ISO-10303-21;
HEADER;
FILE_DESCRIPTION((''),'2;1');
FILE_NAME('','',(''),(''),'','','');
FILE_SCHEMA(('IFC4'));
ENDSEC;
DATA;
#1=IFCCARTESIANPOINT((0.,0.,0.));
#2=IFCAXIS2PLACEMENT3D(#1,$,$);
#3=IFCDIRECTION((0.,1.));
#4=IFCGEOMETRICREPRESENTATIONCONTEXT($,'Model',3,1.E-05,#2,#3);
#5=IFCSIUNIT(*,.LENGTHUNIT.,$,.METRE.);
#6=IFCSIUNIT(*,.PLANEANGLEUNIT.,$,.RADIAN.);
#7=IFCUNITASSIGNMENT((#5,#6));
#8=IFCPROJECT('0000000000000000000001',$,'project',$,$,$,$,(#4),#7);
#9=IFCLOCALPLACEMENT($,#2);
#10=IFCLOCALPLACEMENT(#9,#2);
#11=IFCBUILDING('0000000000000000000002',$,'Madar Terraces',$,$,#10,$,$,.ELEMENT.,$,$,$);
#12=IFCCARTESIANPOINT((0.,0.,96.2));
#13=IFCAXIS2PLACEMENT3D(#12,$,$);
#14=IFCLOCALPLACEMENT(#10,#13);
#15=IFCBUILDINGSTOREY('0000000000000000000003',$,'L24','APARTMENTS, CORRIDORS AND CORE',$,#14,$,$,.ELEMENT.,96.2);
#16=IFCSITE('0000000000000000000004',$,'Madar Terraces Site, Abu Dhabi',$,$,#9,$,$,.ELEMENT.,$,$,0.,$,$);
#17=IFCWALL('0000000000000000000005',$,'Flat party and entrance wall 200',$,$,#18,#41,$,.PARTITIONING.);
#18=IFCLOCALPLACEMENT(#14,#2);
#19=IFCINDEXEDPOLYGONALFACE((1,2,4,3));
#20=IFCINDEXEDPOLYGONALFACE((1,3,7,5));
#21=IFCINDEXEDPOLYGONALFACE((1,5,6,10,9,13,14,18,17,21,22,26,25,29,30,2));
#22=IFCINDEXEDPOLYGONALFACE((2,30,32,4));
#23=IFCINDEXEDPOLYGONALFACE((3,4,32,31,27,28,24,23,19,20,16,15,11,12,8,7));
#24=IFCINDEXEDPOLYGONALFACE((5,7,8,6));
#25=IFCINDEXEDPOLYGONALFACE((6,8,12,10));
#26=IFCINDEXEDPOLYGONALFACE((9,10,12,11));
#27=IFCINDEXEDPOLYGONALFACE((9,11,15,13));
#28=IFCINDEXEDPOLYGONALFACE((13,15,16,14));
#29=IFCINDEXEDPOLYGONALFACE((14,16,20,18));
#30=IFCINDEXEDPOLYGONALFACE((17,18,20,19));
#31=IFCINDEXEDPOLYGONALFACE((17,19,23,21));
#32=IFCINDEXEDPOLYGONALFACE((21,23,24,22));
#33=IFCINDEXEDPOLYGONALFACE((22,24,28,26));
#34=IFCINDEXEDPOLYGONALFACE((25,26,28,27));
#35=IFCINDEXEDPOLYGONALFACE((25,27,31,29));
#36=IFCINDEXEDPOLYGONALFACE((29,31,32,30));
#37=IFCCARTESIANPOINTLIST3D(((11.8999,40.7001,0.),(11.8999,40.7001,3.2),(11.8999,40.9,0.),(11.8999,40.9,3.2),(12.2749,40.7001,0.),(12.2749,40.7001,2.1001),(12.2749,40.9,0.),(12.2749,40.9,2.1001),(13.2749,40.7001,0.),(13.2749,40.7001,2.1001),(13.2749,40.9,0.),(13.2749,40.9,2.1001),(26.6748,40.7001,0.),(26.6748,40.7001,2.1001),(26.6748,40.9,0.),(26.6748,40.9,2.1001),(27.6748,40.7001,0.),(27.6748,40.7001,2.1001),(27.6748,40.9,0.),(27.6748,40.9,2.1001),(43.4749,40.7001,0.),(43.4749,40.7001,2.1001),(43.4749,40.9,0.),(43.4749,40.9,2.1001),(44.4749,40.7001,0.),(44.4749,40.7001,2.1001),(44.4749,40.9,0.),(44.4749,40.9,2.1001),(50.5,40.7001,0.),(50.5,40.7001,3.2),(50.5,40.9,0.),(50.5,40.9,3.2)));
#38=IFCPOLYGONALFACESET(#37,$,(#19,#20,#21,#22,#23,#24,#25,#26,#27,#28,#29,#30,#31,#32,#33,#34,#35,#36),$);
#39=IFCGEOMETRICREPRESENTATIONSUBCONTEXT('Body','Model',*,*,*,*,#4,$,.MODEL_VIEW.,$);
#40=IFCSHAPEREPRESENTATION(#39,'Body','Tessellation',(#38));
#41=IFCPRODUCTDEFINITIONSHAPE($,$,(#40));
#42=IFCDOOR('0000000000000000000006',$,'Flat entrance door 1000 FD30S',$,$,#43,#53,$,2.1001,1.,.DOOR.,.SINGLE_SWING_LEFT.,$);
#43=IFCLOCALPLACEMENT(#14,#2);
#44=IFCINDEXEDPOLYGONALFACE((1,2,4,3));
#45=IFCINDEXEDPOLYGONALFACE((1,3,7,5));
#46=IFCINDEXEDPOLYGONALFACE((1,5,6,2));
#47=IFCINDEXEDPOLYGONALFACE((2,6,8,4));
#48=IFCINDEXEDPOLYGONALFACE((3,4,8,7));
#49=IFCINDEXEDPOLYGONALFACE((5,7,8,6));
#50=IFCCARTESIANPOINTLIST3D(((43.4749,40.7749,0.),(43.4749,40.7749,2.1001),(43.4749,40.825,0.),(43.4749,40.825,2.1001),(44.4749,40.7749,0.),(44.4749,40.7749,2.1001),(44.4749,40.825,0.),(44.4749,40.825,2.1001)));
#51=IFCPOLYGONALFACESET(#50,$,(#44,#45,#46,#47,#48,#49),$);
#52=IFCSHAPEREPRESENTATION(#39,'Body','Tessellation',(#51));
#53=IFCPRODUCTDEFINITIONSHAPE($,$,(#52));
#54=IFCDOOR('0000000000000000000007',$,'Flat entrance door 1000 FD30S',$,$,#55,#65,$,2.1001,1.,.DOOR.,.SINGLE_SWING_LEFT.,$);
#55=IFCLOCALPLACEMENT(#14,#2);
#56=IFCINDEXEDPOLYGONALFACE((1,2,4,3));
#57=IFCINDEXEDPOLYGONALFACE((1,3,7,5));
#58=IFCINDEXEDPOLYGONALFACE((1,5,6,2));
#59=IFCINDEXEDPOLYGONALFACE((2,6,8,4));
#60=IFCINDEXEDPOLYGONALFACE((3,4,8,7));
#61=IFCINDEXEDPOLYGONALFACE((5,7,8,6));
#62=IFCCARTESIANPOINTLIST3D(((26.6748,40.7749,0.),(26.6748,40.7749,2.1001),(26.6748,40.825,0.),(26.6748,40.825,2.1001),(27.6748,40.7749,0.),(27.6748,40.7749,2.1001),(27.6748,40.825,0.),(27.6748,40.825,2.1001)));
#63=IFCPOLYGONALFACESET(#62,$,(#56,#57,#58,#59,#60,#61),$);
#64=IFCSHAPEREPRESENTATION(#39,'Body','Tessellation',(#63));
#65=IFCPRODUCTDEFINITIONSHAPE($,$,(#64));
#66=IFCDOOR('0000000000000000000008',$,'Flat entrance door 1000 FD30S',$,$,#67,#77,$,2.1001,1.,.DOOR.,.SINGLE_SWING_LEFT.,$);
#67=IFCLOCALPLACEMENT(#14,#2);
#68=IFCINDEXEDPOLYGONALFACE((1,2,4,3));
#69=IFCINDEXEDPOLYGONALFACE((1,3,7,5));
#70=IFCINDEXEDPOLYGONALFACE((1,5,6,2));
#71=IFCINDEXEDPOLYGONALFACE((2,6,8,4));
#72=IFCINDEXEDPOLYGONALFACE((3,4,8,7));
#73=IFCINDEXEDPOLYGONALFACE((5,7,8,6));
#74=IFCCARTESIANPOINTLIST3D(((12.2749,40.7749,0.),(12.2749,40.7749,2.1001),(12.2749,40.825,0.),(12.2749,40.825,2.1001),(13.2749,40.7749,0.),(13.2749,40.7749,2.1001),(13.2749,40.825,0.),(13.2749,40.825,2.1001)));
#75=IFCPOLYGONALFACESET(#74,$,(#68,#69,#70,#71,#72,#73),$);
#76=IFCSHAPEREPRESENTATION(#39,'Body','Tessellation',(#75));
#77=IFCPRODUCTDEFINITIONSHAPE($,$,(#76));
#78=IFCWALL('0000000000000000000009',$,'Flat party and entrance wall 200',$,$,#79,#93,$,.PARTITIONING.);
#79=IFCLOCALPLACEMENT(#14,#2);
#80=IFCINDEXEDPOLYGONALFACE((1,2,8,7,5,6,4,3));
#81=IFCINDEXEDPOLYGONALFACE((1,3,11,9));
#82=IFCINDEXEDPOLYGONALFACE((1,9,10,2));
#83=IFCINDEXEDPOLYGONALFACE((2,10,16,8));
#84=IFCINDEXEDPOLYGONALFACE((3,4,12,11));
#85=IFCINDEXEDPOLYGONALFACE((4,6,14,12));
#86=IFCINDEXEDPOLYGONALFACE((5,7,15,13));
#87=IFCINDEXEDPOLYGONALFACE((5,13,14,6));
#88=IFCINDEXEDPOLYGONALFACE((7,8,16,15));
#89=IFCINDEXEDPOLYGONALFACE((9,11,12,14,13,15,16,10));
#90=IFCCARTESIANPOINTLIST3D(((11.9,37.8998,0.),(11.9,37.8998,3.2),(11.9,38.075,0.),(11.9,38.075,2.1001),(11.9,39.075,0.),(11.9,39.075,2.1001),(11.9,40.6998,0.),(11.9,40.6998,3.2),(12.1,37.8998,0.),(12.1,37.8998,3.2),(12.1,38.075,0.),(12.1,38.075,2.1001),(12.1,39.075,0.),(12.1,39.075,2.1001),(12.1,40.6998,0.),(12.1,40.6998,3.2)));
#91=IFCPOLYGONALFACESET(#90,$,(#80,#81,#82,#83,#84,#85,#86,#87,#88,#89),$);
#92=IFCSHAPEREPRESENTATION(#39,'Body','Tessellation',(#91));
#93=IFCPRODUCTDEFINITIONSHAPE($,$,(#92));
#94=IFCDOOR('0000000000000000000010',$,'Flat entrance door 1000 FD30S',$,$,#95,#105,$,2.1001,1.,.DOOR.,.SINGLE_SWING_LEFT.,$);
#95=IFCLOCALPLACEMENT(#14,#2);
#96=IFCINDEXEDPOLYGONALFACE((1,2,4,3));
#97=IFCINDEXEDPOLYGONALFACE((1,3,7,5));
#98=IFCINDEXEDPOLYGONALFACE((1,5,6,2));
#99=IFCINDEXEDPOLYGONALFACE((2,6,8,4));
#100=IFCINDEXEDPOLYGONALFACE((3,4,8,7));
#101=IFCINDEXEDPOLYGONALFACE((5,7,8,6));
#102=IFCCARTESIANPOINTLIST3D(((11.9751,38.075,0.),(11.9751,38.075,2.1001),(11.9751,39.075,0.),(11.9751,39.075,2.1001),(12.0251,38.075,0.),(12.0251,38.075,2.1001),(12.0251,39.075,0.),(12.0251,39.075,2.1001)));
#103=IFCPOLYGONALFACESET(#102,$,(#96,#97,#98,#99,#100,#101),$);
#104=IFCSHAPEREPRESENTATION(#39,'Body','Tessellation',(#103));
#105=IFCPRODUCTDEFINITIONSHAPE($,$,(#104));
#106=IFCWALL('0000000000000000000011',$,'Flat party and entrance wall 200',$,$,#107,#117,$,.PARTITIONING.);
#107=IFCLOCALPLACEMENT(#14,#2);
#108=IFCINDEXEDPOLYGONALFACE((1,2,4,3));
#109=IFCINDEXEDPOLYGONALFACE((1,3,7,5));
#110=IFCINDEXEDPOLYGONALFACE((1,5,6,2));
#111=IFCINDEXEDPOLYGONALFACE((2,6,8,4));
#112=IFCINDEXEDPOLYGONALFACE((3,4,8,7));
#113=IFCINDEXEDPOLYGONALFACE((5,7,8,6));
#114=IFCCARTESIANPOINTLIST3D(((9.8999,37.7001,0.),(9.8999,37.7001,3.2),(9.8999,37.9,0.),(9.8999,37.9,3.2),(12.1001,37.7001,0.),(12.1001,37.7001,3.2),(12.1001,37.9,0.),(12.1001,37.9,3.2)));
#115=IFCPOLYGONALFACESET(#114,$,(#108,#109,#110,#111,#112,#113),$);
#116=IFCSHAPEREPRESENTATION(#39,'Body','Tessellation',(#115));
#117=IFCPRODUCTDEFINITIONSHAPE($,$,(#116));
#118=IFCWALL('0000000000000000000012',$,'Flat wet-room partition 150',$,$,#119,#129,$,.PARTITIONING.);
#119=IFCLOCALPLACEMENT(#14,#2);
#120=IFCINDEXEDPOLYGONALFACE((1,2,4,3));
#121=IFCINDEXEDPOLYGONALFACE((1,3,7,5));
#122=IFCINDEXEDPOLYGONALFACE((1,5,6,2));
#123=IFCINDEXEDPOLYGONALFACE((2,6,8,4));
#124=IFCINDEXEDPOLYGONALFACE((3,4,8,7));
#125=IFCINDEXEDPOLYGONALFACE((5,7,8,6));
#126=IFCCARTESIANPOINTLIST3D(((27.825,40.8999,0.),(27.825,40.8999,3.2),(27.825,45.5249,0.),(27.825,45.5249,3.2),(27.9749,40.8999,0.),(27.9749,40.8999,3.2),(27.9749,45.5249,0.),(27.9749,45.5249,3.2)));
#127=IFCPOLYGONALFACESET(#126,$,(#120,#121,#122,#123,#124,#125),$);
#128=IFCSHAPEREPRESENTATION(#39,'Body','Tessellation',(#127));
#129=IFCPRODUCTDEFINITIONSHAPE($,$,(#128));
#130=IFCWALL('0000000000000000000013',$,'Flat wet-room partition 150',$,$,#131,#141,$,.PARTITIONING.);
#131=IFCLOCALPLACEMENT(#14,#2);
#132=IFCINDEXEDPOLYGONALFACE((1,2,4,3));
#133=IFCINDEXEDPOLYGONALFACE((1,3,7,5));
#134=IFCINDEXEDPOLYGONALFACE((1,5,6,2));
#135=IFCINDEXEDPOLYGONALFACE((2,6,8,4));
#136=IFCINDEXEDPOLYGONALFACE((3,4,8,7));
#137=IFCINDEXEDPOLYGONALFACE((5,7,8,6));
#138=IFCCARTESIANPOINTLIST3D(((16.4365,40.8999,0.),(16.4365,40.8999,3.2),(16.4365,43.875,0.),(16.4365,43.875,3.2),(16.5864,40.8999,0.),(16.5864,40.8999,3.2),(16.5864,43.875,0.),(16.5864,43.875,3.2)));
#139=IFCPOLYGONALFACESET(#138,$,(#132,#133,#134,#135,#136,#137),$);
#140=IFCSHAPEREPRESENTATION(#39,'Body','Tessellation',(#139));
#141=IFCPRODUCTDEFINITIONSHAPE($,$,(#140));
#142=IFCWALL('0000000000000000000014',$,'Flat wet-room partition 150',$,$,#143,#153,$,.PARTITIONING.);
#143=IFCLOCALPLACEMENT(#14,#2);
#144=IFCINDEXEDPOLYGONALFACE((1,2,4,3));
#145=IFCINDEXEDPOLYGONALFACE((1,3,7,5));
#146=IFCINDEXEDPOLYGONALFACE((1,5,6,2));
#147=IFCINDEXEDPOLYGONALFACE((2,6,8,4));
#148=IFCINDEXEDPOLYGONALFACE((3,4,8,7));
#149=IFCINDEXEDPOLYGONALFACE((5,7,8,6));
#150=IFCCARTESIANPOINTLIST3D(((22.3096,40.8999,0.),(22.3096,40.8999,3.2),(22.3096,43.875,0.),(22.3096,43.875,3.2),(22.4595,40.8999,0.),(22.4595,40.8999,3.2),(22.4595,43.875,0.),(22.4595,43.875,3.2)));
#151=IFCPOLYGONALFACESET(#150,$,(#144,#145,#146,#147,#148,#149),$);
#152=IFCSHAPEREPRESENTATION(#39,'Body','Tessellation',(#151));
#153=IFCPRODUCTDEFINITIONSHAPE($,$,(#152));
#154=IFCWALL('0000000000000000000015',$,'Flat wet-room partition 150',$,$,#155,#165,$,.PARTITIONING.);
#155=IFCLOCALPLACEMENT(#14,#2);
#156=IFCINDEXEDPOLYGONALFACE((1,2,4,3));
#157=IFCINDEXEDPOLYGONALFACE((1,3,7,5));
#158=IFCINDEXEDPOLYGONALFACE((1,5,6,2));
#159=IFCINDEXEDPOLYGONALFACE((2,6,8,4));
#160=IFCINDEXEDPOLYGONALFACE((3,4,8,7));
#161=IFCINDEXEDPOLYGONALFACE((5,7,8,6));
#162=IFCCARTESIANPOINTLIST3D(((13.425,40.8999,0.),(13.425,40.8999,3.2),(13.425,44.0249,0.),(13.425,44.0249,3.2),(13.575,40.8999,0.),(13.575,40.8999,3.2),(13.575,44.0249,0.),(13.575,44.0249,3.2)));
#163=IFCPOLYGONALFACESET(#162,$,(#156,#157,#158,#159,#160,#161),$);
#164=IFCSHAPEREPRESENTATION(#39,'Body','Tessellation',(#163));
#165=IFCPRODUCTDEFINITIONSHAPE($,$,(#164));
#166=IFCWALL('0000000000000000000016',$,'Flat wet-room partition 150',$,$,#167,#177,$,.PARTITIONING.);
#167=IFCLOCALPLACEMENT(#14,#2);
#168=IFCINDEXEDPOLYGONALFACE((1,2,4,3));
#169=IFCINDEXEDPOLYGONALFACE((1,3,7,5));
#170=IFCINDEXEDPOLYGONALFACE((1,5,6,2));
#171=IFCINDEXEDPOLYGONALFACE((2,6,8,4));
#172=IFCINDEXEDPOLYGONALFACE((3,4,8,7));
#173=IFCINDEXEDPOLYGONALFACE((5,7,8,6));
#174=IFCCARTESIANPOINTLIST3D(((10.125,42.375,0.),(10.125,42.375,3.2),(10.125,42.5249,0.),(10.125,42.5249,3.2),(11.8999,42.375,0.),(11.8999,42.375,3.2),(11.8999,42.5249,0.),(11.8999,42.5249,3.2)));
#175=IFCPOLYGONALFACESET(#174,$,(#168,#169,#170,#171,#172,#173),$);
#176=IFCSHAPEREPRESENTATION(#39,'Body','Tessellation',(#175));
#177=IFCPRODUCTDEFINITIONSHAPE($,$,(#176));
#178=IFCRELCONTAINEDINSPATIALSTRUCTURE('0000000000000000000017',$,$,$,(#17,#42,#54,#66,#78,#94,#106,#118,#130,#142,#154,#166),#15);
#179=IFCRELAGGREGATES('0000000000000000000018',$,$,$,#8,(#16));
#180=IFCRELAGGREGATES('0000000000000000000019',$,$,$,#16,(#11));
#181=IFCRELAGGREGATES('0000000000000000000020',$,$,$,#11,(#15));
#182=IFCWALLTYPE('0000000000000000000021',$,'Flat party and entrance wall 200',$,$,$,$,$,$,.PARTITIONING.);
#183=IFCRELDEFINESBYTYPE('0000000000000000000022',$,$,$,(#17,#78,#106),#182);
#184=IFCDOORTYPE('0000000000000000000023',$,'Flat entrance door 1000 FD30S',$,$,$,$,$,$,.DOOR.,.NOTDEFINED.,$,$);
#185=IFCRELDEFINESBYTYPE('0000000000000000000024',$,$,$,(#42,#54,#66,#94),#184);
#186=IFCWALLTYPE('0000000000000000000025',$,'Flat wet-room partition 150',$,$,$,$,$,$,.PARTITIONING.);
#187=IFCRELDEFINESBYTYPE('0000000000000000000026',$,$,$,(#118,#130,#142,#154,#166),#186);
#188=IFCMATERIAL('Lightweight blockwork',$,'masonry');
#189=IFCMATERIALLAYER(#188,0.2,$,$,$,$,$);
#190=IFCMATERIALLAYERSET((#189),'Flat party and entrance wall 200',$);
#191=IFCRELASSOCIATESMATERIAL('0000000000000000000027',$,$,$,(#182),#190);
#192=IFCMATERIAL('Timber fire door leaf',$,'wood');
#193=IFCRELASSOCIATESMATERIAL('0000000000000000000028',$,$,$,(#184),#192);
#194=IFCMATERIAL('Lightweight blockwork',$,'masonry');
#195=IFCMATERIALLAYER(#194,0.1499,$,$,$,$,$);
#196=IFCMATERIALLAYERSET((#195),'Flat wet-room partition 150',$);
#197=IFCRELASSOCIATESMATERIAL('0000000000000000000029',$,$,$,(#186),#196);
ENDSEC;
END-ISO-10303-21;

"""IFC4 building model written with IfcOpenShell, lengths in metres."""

from ifc_helpers import new_model, si_unit, direction, frame, frame_2d, origin, place, context, subcontext, project, spatial, rectangle, extrude, material, layer, layer_set, type_object, element, fill, save


model = new_model("IFC4")

# Units and contexts
model_context = context("Model", 3, precision=1e-05, world=origin(), true_north=direction((0.0, 1.0)))
body_context = subcontext(model_context, "Body", "Model", "MODEL_VIEW")
ifc_project = project(units=[si_unit("LENGTHUNIT", "METRE"), si_unit("PLANEANGLEUNIT", "RADIAN")], contexts=[model_context])

# Site, building, storey
site_placement = place(None, origin())
site = spatial("IfcSite", under=ifc_project, at=site_placement, Name="Madar Terraces Site, Abu Dhabi", CompositionType="ELEMENT", RefElevation=0.0)
building_placement = place(site_placement, origin())
building = spatial("IfcBuilding", under=site, at=building_placement, Name="Madar Terraces", CompositionType="ELEMENT")
storey_placement = place(building_placement, frame((0.0, 0.0, 96.2)))
storey = spatial("IfcBuildingStorey", under=building, at=storey_placement, Name="L24", Description="APARTMENTS, CORRIDORS AND CORE", CompositionType="ELEMENT", Elevation=96.2)

# Wall, openings, doors
ifc_material_1 = material(Name="Lightweight blockwork", Category="masonry")
ifc_layer_1 = layer(ifc_material_1, 0.2)
ifc_layer_set_1 = layer_set([ifc_layer_1], Name="Flat party and entrance wall 200")
wall_type_1 = type_object("IfcWallType", Name="Flat party and entrance wall 200", PredefinedType="PARTITIONING", material=ifc_layer_set_1)
wall_1_placement = place(storey_placement, frame((11.8999, 40.8, 0.0), z_axis=(0.0, 0.0, 1.0), x_axis=(1.0, 0.0, 0.0)))
wall_1 = element("IfcWall", 1, at=wall_1_placement, inside=storey, type_object=wall_type_1, Name="Flat party and entrance wall 200", PredefinedType="PARTITIONING", context=body_context, shape_type="SweptSolid", body=[
    extrude(rectangle(XDim=38.6001, YDim=0.2, at=frame_2d((19.3, 0.0))), origin(), (0.0, 0.0, 1.0), 3.2),
])
opening_1_placement = place(wall_1_placement, frame((31.575, 0.0, 0.0)))
opening_1 = element("IfcOpeningElement", 2, at=opening_1_placement, cuts=wall_1, PredefinedType="OPENING", context=body_context, shape_type="SweptSolid", body=[
    extrude(rectangle(XDim=1.0, YDim=2.1001, at=frame_2d((0.5, 1.05))), frame((0.0, 0.1099, 0.0), z_axis=(0.0, -1.0, 0.0), x_axis=(1.0, 0.0, 0.0)), (0.0, 0.0, 1.0), 0.22),
])
opening_2_placement = place(wall_1_placement, frame((14.7749, 0.0, 0.0)))
opening_2 = element("IfcOpeningElement", 3, at=opening_2_placement, cuts=wall_1, PredefinedType="OPENING", context=body_context, shape_type="SweptSolid", body=[
    extrude(rectangle(XDim=1.0, YDim=2.1001, at=frame_2d((0.5, 1.05))), frame((0.0, 0.1099, 0.0), z_axis=(0.0, -1.0, 0.0), x_axis=(1.0, 0.0, 0.0)), (0.0, 0.0, 1.0), 0.22),
])
opening_3_placement = place(wall_1_placement, frame((0.375, 0.0, 0.0)))
opening_3 = element("IfcOpeningElement", 4, at=opening_3_placement, cuts=wall_1, PredefinedType="OPENING", context=body_context, shape_type="SweptSolid", body=[
    extrude(rectangle(XDim=1.0, YDim=2.1001, at=frame_2d((0.5, 1.05))), frame((0.0, 0.1099, 0.0), z_axis=(0.0, -1.0, 0.0), x_axis=(1.0, 0.0, 0.0)), (0.0, 0.0, 1.0), 0.22),
])
ifc_material_2 = material(Name="Timber fire door leaf", Category="wood")
door_type_1 = type_object("IfcDoorType", Name="Flat entrance door 1000 FD30S", OperationType="NOTDEFINED", PredefinedType="DOOR", material=ifc_material_2)
door_1_placement = place(opening_1_placement, origin())
door_1 = element("IfcDoor", 5, at=door_1_placement, inside=storey, type_object=door_type_1, Name="Flat entrance door 1000 FD30S", OperationType="SINGLE_SWING_LEFT", OverallHeight=2.1001, OverallWidth=1.0, PredefinedType="DOOR", context=body_context, shape_type="SweptSolid", body=[
    extrude(rectangle(XDim=1.0, YDim=2.1001, at=frame_2d((0.5, 1.05))), frame((0.0, 0.0249, 0.0), z_axis=(0.0, -1.0, 0.0), x_axis=(1.0, 0.0, 0.0)), (0.0, 0.0, 1.0), 0.05),
])
fill(opening_1, door_1)
door_2_placement = place(opening_2_placement, origin())
door_2 = element("IfcDoor", 6, at=door_2_placement, inside=storey, type_object=door_type_1, Name="Flat entrance door 1000 FD30S", OperationType="SINGLE_SWING_LEFT", OverallHeight=2.1001, OverallWidth=1.0, PredefinedType="DOOR", context=body_context, shape_type="SweptSolid", body=[
    extrude(rectangle(XDim=1.0, YDim=2.1001, at=frame_2d((0.5, 1.05))), frame((0.0, 0.0249, 0.0), z_axis=(0.0, -1.0, 0.0), x_axis=(1.0, 0.0, 0.0)), (0.0, 0.0, 1.0), 0.05),
])
fill(opening_2, door_2)
door_3_placement = place(opening_3_placement, origin())
door_3 = element("IfcDoor", 7, at=door_3_placement, inside=storey, type_object=door_type_1, Name="Flat entrance door 1000 FD30S", OperationType="SINGLE_SWING_LEFT", OverallHeight=2.1001, OverallWidth=1.0, PredefinedType="DOOR", context=body_context, shape_type="SweptSolid", body=[
    extrude(rectangle(XDim=1.0, YDim=2.1001, at=frame_2d((0.5, 1.05))), frame((0.0, 0.0249, 0.0), z_axis=(0.0, -1.0, 0.0), x_axis=(1.0, 0.0, 0.0)), (0.0, 0.0, 1.0), 0.05),
])
fill(opening_3, door_3)

# Wall, opening, door
wall_2_placement = place(storey_placement, frame((12.0, 37.8999, 0.0), z_axis=(0.0, 0.0, 1.0), x_axis=(0.0, 1.0, 0.0)))
wall_2 = element("IfcWall", 8, at=wall_2_placement, inside=storey, type_object=wall_type_1, Name="Flat party and entrance wall 200", PredefinedType="PARTITIONING", context=body_context, shape_type="SweptSolid", body=[
    extrude(rectangle(XDim=2.8, YDim=0.2, at=frame_2d((1.3999, 0.0))), origin(), (0.0, 0.0, 1.0), 3.2),
])
opening_4_placement = place(wall_2_placement, frame((0.175, 0.0, 0.0)))
opening_4 = element("IfcOpeningElement", 9, at=opening_4_placement, cuts=wall_2, PredefinedType="OPENING", context=body_context, shape_type="SweptSolid", body=[
    extrude(rectangle(XDim=1.0, YDim=2.1001, at=frame_2d((0.5, 1.05))), frame((0.0, 0.1099, 0.0), z_axis=(0.0, -1.0, 0.0), x_axis=(1.0, 0.0, 0.0)), (0.0, 0.0, 1.0), 0.22),
])
door_4_placement = place(opening_4_placement, origin())
door_4 = element("IfcDoor", 10, at=door_4_placement, inside=storey, type_object=door_type_1, Name="Flat entrance door 1000 FD30S", OperationType="SINGLE_SWING_LEFT", OverallHeight=2.1001, OverallWidth=1.0, PredefinedType="DOOR", context=body_context, shape_type="SweptSolid", body=[
    extrude(rectangle(XDim=1.0, YDim=2.1001, at=frame_2d((0.5, 1.05))), frame((0.0, 0.0249, 0.0), z_axis=(0.0, -1.0, 0.0), x_axis=(1.0, 0.0, 0.0)), (0.0, 0.0, 1.0), 0.05),
])
fill(opening_4, door_4)

# Walls
wall_3_placement = place(storey_placement, frame((12.1001, 37.8, 0.0), z_axis=(0.0, 0.0, 1.0), x_axis=(-1.0, 0.0, 0.0)))
element("IfcWall", 11, at=wall_3_placement, inside=storey, type_object=wall_type_1, Name="Flat party and entrance wall 200", PredefinedType="PARTITIONING", context=body_context, shape_type="SweptSolid", body=[
    extrude(rectangle(XDim=2.2002, YDim=0.2, at=frame_2d((1.1001, 0.0))), origin(), (0.0, 0.0, 1.0), 3.2),
])
ifc_material_3 = material(Name="Lightweight blockwork", Category="masonry")
ifc_layer_2 = layer(ifc_material_3, 0.1499)
ifc_layer_set_2 = layer_set([ifc_layer_2], Name="Flat wet-room partition 150")
wall_type_2 = type_object("IfcWallType", Name="Flat wet-room partition 150", PredefinedType="PARTITIONING", material=ifc_layer_set_2)
wall_4_placement = place(storey_placement, frame((27.8999, 40.8999, 0.0), z_axis=(0.0, 0.0, 1.0), x_axis=(0.0, 1.0, 0.0)))
element("IfcWall", 12, at=wall_4_placement, inside=storey, type_object=wall_type_2, Name="Flat wet-room partition 150", PredefinedType="PARTITIONING", context=body_context, shape_type="SweptSolid", body=[
    extrude(rectangle(XDim=4.625, YDim=0.1499, at=frame_2d((2.3125, 0.0))), origin(), (0.0, 0.0, 1.0), 3.2),
])
for number, where, z_axis, x_axis, name in (
    (13, (16.5115, 40.8999, 0.0), (0.0, 0.0, 1.0), (0.0, 1.0, 0.0), "Flat wet-room partition 150"),
    (14, (22.3845, 40.8999, 0.0), (0.0, 0.0, 1.0), (0.0, 1.0, 0.0), "Flat wet-room partition 150"),
):
    element("IfcWall", number, at=place(storey_placement, frame(where, z_axis=z_axis, x_axis=x_axis)), inside=storey, type_object=wall_type_2, Name=name, PredefinedType="PARTITIONING", context=body_context, shape_type="SweptSolid", body=[
        extrude(rectangle(XDim=2.9751, YDim=0.1499, at=frame_2d((1.4875, 0.0))), origin(), (0.0, 0.0, 1.0), 3.2),
    ])
wall_5_placement = place(storey_placement, frame((13.5, 40.8999, 0.0), z_axis=(0.0, 0.0, 1.0), x_axis=(0.0, 1.0, 0.0)))
element("IfcWall", 15, at=wall_5_placement, inside=storey, type_object=wall_type_2, Name="Flat wet-room partition 150", PredefinedType="PARTITIONING", context=body_context, shape_type="SweptSolid", body=[
    extrude(rectangle(XDim=3.125, YDim=0.1499, at=frame_2d((1.5625, 0.0))), origin(), (0.0, 0.0, 1.0), 3.2),
])
wall_6_placement = place(storey_placement, frame((11.8999, 42.45, 0.0), z_axis=(0.0, 0.0, 1.0), x_axis=(-1.0, 0.0, 0.0)))
element("IfcWall", 16, at=wall_6_placement, inside=storey, type_object=wall_type_2, Name="Flat wet-room partition 150", PredefinedType="PARTITIONING", context=body_context, shape_type="SweptSolid", body=[
    extrude(rectangle(XDim=1.7749, YDim=0.1499, at=frame_2d((0.8875, 0.0))), origin(), (0.0, 0.0, 1.0), 3.2),
])

save(model, "model.ifc")
